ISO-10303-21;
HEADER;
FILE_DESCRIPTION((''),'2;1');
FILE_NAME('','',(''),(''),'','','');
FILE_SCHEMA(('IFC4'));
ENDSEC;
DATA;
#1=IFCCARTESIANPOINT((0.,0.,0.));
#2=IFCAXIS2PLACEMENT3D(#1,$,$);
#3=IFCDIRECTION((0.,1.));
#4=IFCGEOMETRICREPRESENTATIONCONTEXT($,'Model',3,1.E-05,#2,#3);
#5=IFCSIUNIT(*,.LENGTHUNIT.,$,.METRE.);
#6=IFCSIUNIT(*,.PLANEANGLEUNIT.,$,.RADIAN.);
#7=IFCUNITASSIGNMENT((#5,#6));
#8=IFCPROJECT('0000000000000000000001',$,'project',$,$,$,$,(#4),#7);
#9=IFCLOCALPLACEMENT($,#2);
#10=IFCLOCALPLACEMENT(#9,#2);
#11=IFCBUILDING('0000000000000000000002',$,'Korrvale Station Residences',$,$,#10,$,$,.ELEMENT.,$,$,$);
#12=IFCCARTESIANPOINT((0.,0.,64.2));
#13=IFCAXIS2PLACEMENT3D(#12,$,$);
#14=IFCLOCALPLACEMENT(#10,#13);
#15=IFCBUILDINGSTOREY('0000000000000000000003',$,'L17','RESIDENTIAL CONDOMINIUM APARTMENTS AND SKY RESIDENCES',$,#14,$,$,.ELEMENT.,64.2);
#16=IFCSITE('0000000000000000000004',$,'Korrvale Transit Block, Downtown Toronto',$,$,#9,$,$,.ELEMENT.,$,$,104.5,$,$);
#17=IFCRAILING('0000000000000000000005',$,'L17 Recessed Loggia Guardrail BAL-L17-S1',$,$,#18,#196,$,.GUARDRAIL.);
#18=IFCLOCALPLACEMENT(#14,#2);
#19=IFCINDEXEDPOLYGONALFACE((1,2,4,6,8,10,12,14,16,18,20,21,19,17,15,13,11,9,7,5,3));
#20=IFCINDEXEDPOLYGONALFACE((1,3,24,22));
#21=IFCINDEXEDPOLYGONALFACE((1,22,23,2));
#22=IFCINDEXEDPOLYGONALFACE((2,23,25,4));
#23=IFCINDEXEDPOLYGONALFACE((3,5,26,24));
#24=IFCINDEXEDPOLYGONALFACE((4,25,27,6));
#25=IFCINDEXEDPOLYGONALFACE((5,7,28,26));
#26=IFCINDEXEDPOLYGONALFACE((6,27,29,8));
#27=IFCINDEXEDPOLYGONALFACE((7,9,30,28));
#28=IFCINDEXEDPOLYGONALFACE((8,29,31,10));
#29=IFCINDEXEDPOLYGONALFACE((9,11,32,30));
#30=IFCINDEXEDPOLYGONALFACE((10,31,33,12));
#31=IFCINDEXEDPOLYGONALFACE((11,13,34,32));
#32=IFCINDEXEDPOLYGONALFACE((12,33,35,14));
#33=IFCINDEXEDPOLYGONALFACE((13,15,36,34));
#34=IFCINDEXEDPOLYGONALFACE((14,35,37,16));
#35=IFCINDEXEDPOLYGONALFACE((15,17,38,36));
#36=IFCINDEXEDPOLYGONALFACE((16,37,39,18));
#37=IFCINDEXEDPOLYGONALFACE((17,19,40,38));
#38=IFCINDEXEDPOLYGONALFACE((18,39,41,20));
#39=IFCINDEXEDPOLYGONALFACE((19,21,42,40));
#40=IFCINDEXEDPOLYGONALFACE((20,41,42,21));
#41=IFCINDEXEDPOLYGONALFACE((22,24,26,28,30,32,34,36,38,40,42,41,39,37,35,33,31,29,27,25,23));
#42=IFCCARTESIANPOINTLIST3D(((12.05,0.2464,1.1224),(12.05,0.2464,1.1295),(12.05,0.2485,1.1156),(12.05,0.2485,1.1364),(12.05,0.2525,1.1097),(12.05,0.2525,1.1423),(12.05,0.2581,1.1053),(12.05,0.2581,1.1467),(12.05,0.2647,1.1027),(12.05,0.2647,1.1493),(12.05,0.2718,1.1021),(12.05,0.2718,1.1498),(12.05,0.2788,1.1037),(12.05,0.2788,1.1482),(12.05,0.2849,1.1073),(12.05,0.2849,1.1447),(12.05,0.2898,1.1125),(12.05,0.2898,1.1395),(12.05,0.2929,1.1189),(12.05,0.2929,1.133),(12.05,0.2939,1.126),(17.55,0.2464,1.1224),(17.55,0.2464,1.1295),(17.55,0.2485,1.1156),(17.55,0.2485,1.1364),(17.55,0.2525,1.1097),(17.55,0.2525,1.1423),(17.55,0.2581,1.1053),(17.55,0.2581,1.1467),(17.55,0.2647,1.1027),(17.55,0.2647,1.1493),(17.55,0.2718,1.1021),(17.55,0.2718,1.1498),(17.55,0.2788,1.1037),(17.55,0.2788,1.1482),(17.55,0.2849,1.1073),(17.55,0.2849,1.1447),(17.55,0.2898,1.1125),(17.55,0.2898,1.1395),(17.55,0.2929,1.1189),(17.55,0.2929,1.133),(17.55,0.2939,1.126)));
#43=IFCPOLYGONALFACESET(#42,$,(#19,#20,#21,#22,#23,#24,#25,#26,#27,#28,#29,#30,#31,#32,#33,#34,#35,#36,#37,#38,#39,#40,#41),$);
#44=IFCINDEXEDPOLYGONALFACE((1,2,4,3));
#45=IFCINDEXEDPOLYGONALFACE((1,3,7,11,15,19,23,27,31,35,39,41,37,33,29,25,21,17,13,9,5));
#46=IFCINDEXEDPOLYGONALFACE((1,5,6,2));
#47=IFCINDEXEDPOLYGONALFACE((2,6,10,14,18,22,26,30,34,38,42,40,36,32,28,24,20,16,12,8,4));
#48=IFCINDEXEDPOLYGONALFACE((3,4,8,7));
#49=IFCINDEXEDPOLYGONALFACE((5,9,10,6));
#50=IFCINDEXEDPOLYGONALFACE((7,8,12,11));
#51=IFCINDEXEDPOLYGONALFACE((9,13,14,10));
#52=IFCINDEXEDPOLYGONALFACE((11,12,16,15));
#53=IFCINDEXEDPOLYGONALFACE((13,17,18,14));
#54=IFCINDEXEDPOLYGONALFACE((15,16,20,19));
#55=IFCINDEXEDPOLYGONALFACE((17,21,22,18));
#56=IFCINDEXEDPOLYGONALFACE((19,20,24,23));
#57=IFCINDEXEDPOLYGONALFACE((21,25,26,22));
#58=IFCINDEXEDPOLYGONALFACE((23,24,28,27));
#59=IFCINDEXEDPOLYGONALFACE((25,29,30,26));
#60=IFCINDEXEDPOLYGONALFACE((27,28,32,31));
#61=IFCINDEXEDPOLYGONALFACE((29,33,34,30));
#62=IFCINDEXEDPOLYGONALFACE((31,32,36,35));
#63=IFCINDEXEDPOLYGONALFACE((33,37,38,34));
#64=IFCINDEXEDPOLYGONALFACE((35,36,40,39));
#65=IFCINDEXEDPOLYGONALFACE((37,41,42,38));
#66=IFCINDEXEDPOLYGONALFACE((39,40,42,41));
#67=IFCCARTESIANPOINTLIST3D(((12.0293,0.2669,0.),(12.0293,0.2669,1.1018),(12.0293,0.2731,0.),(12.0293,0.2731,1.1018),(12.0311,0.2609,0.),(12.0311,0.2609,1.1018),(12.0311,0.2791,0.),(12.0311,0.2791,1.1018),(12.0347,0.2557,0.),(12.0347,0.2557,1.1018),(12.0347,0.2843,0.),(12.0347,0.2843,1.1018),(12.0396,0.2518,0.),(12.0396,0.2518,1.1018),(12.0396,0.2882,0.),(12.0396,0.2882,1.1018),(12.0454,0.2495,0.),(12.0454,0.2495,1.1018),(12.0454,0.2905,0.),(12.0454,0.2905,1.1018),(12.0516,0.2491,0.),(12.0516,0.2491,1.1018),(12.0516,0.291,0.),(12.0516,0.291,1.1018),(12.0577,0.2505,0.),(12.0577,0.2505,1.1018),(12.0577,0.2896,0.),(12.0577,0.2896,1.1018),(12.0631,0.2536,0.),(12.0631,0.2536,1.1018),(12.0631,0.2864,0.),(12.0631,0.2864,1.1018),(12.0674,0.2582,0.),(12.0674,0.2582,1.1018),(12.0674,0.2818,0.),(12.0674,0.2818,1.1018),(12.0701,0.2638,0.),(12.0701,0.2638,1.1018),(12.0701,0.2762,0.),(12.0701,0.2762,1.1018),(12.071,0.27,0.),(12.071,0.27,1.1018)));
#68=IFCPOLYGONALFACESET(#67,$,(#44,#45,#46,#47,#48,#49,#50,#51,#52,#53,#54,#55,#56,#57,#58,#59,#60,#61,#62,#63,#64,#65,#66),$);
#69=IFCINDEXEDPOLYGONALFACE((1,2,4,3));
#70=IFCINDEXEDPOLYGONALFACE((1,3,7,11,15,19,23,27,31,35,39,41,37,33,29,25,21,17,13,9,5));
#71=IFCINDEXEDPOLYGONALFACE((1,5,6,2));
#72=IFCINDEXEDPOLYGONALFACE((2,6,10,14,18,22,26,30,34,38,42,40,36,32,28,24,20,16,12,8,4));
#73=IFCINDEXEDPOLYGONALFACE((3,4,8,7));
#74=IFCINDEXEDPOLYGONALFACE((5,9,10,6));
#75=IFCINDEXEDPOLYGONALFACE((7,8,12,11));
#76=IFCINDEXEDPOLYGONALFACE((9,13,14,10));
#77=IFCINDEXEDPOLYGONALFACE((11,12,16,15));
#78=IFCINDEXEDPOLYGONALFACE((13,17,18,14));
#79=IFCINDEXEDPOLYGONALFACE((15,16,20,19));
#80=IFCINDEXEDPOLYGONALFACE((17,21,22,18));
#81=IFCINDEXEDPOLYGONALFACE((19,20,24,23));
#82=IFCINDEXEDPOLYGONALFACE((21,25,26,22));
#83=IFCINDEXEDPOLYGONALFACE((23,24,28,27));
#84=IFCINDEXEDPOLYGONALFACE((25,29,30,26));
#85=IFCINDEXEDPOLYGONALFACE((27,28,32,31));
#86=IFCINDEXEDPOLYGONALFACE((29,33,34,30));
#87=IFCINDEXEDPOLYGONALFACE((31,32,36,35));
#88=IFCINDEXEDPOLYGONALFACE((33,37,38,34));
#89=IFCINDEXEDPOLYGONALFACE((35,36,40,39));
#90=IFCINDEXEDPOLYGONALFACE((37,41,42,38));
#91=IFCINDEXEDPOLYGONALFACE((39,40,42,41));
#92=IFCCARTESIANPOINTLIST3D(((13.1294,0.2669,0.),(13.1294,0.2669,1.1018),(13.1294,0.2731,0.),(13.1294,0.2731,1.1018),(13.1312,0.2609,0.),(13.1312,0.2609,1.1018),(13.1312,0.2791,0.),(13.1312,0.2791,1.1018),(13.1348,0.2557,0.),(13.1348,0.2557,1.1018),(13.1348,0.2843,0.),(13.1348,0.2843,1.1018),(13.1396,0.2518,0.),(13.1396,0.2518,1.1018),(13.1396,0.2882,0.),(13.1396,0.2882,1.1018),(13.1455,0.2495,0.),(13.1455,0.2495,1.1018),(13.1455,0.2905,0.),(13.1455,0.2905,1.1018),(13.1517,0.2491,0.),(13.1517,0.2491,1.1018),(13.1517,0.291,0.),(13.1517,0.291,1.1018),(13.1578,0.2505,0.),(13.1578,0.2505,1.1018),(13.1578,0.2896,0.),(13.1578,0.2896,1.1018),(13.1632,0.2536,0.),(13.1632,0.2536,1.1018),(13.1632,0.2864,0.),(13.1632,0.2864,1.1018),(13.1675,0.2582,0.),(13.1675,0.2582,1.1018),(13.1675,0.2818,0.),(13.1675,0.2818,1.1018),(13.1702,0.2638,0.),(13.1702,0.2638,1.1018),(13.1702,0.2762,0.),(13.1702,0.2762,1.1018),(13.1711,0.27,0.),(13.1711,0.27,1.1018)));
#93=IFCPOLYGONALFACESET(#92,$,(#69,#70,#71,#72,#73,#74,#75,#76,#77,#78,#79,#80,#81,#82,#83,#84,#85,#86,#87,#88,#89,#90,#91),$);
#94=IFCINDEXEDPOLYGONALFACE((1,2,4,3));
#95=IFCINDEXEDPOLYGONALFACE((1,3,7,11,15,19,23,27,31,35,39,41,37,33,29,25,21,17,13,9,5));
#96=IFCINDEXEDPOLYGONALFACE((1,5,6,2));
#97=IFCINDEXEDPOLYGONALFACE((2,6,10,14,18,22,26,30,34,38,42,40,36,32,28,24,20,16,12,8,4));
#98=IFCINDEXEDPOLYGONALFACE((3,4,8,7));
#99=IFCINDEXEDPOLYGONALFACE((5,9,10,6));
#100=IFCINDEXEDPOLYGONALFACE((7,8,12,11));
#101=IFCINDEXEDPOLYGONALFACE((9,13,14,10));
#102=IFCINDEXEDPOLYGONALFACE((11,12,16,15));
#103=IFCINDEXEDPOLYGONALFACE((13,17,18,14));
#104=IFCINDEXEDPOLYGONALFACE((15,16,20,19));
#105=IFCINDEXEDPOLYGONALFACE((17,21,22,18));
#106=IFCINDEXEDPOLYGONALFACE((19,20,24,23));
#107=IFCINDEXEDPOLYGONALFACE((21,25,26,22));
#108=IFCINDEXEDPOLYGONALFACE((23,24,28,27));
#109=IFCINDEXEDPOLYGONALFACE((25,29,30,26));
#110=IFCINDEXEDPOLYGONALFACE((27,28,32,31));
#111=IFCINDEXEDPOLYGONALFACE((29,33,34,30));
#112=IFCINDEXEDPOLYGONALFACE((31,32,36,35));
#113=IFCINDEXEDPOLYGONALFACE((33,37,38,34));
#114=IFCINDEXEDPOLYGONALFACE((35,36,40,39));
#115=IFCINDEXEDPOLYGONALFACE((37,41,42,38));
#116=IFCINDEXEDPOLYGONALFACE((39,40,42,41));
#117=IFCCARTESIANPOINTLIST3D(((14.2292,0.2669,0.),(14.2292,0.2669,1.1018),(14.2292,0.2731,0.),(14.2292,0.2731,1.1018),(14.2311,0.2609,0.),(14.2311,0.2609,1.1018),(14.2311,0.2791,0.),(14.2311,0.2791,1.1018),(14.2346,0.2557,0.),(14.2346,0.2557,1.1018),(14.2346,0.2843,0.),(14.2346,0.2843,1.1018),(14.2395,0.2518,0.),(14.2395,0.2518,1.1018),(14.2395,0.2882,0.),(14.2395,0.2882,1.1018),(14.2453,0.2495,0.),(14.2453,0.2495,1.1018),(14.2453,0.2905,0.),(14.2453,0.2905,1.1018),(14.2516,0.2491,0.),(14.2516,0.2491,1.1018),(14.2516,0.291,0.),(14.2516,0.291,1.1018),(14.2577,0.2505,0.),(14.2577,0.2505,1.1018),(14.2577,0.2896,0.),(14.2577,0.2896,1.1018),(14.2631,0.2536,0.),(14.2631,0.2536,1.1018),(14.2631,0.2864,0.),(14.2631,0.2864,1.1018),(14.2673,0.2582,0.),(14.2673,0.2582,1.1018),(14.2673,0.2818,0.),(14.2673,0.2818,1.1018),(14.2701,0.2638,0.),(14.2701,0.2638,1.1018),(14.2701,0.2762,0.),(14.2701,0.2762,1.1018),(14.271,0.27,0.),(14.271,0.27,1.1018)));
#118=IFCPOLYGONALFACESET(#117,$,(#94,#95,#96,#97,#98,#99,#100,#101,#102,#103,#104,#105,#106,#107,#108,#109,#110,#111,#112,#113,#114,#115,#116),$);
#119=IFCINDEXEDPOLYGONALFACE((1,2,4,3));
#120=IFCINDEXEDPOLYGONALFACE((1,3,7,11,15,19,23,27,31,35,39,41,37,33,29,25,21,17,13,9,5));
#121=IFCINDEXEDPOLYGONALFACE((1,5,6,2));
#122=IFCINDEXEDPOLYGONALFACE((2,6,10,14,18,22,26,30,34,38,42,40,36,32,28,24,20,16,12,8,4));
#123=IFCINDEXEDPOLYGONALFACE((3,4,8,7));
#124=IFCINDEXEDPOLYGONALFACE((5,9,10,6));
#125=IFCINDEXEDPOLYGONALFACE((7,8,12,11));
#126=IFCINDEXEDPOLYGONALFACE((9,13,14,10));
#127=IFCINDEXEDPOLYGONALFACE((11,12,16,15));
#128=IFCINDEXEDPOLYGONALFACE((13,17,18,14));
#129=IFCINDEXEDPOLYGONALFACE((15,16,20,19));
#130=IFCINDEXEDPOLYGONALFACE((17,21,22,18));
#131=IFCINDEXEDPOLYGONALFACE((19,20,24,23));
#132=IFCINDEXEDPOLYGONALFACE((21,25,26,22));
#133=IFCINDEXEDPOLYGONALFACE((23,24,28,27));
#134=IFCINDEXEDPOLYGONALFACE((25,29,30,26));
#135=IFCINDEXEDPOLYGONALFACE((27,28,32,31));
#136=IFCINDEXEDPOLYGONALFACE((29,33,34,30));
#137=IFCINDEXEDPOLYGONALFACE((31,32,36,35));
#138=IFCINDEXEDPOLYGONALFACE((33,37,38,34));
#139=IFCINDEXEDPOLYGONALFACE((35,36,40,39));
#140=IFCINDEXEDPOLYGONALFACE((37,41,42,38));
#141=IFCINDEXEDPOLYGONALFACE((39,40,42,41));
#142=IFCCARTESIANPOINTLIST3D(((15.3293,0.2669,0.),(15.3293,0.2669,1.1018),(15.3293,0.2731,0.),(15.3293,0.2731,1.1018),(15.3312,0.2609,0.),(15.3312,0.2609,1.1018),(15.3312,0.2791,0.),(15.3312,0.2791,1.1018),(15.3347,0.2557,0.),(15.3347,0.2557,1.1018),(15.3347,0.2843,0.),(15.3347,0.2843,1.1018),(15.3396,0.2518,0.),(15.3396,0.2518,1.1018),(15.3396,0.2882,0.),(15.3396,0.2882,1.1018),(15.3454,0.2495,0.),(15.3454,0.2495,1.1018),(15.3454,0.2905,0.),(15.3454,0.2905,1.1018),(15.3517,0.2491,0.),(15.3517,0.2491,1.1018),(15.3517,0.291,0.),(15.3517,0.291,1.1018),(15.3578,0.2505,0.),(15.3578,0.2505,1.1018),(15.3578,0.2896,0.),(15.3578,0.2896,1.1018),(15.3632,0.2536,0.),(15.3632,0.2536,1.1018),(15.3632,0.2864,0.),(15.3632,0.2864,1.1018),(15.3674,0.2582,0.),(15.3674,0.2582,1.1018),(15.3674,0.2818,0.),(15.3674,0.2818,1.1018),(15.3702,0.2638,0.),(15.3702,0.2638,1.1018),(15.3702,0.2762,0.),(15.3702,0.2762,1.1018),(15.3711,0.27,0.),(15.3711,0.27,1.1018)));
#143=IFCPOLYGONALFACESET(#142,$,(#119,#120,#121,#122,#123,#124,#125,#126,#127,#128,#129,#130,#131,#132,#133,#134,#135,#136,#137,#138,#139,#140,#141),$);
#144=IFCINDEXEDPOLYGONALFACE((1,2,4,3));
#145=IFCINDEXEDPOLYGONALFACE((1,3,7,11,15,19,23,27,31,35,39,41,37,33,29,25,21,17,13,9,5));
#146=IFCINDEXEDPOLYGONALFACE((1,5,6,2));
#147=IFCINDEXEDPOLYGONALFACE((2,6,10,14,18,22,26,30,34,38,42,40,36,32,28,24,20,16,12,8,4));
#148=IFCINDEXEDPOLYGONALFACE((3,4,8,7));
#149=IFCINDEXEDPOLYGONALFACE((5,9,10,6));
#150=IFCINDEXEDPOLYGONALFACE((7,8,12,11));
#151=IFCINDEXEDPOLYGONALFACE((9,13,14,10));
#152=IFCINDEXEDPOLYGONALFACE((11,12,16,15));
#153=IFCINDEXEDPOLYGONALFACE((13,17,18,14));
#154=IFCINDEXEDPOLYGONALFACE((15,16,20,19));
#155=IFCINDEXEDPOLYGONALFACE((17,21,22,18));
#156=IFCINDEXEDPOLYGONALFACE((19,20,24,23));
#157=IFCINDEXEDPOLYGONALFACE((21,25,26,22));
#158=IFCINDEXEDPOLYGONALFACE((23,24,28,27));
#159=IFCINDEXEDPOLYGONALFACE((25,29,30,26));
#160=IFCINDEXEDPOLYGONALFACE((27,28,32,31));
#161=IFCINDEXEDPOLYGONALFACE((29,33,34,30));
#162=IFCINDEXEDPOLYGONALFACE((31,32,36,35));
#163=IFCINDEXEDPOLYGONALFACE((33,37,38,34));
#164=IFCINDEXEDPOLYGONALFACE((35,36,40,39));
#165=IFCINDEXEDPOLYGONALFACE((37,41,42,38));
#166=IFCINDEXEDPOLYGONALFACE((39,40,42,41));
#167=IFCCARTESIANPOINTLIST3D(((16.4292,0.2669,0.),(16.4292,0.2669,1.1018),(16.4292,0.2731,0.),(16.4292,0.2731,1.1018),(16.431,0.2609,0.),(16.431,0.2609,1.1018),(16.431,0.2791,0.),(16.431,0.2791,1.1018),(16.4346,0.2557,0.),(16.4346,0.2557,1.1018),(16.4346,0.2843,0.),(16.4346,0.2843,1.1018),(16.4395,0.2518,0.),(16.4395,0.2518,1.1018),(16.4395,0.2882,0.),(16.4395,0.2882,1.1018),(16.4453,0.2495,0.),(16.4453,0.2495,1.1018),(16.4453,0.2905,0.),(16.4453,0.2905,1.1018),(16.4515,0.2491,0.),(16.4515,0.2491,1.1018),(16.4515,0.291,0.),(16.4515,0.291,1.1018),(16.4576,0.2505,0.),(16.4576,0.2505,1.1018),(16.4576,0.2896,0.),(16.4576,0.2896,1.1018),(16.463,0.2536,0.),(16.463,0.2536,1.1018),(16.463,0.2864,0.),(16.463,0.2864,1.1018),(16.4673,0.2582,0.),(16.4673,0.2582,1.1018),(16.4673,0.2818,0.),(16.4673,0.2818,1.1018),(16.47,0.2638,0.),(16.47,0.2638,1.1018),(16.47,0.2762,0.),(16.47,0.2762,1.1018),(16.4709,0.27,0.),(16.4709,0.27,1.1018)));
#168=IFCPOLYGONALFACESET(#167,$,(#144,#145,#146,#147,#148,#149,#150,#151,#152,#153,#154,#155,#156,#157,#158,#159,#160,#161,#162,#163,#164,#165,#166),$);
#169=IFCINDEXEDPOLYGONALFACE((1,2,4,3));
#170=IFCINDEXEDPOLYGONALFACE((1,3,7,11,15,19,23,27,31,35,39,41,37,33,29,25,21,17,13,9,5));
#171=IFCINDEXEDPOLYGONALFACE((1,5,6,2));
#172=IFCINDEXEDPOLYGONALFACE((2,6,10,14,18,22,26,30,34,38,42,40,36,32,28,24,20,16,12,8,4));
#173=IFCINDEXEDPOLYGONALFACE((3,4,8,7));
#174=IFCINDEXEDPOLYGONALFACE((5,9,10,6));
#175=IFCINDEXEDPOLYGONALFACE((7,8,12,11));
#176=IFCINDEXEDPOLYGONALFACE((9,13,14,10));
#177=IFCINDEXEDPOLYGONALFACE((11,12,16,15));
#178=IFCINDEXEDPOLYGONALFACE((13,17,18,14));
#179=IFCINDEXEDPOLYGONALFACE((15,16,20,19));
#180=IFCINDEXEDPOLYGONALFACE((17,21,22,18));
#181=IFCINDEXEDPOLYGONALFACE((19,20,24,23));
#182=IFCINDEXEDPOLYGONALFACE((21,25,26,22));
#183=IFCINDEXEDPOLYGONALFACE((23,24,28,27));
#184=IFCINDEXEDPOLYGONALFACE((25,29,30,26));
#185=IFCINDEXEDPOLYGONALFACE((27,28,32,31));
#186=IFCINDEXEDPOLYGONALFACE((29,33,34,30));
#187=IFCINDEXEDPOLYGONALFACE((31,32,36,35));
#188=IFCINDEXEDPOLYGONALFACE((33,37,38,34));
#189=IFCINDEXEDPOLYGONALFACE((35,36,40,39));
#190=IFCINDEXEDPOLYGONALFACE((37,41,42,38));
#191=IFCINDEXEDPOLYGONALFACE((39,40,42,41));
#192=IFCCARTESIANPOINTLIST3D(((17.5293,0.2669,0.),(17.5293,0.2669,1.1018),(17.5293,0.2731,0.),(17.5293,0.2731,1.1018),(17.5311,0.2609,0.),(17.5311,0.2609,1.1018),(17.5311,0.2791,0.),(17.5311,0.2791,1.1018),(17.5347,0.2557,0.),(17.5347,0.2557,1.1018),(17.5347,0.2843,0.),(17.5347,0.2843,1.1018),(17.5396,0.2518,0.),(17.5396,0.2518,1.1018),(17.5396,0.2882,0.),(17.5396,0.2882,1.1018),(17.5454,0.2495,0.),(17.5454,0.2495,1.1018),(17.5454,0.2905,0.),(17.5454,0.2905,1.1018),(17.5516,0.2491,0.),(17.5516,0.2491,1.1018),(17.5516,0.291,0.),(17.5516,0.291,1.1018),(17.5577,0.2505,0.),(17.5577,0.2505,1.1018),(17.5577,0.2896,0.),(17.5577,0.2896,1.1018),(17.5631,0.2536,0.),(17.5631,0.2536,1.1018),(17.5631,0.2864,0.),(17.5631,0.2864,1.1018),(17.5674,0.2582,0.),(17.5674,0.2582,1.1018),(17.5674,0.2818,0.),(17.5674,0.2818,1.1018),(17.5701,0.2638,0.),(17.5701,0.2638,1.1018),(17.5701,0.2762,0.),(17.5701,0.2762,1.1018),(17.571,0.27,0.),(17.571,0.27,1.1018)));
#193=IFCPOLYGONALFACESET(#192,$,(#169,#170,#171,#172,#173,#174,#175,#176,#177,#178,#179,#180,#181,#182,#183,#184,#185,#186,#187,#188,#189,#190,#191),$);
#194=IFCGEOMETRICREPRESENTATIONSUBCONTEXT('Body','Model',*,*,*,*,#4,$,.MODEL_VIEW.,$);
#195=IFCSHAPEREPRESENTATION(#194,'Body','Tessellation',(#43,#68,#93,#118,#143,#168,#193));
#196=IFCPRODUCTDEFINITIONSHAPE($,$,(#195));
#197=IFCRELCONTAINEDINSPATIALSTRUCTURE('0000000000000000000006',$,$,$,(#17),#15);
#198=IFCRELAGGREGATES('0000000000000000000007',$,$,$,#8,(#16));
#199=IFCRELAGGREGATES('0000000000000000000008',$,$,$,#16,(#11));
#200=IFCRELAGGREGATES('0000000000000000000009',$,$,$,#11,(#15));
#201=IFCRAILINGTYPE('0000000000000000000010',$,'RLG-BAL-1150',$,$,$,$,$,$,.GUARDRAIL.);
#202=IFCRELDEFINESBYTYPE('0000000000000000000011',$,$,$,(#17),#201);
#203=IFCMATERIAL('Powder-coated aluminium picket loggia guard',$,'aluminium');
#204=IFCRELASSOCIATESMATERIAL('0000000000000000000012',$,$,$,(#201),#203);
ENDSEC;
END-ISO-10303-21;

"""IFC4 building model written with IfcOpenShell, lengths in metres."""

from ifc_helpers import new_model, si_unit, direction, frame, origin, origin_2d, place, context, subcontext, project, spatial, circle, extrude, material, type_object, element, save


model = new_model("IFC4")

# Units and contexts
model_context = context("Model", 3, precision=1e-05, world=origin(), true_north=direction((0.0, 1.0)))
body_context = subcontext(model_context, "Body", "Model", "MODEL_VIEW")
ifc_project = project(units=[si_unit("LENGTHUNIT", "METRE"), si_unit("PLANEANGLEUNIT", "RADIAN")], contexts=[model_context])

# Site, building, storey
site_placement = place(None, origin())
site = spatial("IfcSite", under=ifc_project, at=site_placement, Name="Korrvale Transit Block, Downtown Toronto", CompositionType="ELEMENT", RefElevation=104.5)
building_placement = place(site_placement, origin())
building = spatial("IfcBuilding", under=site, at=building_placement, Name="Korrvale Station Residences", CompositionType="ELEMENT")
storey_placement = place(building_placement, frame((0.0, 0.0, 64.2)))
storey = spatial("IfcBuildingStorey", under=building, at=storey_placement, Name="L17", Description="RESIDENTIAL CONDOMINIUM APARTMENTS AND SKY RESIDENCES", CompositionType="ELEMENT", Elevation=64.2)

# Railing
ifc_material_1 = material(Name="Powder-coated aluminium picket loggia guard", Category="aluminium")
railing_type = type_object("IfcRailingType", Name="RLG-BAL-1150", PredefinedType="GUARDRAIL", material=ifc_material_1)
railing_placement = place(storey_placement, frame((12.05, 0.27, 0.0)))
element("IfcRailing", 1, at=railing_placement, inside=storey, type_object=railing_type, Name="L17 Recessed Loggia Guardrail BAL-L17-S1", PredefinedType="GUARDRAIL", context=body_context, shape_type="SweptSolid", body=[
    extrude(circle(Radius=0.0239, at=origin_2d()), frame((0.0, 0.0, 1.126), z_axis=(1.0, 0.0, 0.0), x_axis=(0.0, 1.0, 0.0)), (0.0, 0.0, 1.0), 5.5),
    extrude(circle(Radius=0.021, at=origin_2d()), origin(), (0.0, 0.0, 1.0), 1.1018),
    extrude(circle(Radius=0.021, at=origin_2d()), frame((1.1001, 0.0, 0.0)), (0.0, 0.0, 1.0), 1.1018),
    extrude(circle(Radius=0.021, at=origin_2d()), frame((2.2, 0.0, 0.0)), (0.0, 0.0, 1.0), 1.1018),
    extrude(circle(Radius=0.021, at=origin_2d()), frame((3.3, 0.0, 0.0)), (0.0, 0.0, 1.0), 1.1018),
    extrude(circle(Radius=0.021, at=origin_2d()), frame((4.3999, 0.0, 0.0)), (0.0, 0.0, 1.0), 1.1018),
    extrude(circle(Radius=0.021, at=origin_2d()), frame((5.5, 0.0, 0.0)), (0.0, 0.0, 1.0), 1.1018),
])

save(model, "model.ifc")
